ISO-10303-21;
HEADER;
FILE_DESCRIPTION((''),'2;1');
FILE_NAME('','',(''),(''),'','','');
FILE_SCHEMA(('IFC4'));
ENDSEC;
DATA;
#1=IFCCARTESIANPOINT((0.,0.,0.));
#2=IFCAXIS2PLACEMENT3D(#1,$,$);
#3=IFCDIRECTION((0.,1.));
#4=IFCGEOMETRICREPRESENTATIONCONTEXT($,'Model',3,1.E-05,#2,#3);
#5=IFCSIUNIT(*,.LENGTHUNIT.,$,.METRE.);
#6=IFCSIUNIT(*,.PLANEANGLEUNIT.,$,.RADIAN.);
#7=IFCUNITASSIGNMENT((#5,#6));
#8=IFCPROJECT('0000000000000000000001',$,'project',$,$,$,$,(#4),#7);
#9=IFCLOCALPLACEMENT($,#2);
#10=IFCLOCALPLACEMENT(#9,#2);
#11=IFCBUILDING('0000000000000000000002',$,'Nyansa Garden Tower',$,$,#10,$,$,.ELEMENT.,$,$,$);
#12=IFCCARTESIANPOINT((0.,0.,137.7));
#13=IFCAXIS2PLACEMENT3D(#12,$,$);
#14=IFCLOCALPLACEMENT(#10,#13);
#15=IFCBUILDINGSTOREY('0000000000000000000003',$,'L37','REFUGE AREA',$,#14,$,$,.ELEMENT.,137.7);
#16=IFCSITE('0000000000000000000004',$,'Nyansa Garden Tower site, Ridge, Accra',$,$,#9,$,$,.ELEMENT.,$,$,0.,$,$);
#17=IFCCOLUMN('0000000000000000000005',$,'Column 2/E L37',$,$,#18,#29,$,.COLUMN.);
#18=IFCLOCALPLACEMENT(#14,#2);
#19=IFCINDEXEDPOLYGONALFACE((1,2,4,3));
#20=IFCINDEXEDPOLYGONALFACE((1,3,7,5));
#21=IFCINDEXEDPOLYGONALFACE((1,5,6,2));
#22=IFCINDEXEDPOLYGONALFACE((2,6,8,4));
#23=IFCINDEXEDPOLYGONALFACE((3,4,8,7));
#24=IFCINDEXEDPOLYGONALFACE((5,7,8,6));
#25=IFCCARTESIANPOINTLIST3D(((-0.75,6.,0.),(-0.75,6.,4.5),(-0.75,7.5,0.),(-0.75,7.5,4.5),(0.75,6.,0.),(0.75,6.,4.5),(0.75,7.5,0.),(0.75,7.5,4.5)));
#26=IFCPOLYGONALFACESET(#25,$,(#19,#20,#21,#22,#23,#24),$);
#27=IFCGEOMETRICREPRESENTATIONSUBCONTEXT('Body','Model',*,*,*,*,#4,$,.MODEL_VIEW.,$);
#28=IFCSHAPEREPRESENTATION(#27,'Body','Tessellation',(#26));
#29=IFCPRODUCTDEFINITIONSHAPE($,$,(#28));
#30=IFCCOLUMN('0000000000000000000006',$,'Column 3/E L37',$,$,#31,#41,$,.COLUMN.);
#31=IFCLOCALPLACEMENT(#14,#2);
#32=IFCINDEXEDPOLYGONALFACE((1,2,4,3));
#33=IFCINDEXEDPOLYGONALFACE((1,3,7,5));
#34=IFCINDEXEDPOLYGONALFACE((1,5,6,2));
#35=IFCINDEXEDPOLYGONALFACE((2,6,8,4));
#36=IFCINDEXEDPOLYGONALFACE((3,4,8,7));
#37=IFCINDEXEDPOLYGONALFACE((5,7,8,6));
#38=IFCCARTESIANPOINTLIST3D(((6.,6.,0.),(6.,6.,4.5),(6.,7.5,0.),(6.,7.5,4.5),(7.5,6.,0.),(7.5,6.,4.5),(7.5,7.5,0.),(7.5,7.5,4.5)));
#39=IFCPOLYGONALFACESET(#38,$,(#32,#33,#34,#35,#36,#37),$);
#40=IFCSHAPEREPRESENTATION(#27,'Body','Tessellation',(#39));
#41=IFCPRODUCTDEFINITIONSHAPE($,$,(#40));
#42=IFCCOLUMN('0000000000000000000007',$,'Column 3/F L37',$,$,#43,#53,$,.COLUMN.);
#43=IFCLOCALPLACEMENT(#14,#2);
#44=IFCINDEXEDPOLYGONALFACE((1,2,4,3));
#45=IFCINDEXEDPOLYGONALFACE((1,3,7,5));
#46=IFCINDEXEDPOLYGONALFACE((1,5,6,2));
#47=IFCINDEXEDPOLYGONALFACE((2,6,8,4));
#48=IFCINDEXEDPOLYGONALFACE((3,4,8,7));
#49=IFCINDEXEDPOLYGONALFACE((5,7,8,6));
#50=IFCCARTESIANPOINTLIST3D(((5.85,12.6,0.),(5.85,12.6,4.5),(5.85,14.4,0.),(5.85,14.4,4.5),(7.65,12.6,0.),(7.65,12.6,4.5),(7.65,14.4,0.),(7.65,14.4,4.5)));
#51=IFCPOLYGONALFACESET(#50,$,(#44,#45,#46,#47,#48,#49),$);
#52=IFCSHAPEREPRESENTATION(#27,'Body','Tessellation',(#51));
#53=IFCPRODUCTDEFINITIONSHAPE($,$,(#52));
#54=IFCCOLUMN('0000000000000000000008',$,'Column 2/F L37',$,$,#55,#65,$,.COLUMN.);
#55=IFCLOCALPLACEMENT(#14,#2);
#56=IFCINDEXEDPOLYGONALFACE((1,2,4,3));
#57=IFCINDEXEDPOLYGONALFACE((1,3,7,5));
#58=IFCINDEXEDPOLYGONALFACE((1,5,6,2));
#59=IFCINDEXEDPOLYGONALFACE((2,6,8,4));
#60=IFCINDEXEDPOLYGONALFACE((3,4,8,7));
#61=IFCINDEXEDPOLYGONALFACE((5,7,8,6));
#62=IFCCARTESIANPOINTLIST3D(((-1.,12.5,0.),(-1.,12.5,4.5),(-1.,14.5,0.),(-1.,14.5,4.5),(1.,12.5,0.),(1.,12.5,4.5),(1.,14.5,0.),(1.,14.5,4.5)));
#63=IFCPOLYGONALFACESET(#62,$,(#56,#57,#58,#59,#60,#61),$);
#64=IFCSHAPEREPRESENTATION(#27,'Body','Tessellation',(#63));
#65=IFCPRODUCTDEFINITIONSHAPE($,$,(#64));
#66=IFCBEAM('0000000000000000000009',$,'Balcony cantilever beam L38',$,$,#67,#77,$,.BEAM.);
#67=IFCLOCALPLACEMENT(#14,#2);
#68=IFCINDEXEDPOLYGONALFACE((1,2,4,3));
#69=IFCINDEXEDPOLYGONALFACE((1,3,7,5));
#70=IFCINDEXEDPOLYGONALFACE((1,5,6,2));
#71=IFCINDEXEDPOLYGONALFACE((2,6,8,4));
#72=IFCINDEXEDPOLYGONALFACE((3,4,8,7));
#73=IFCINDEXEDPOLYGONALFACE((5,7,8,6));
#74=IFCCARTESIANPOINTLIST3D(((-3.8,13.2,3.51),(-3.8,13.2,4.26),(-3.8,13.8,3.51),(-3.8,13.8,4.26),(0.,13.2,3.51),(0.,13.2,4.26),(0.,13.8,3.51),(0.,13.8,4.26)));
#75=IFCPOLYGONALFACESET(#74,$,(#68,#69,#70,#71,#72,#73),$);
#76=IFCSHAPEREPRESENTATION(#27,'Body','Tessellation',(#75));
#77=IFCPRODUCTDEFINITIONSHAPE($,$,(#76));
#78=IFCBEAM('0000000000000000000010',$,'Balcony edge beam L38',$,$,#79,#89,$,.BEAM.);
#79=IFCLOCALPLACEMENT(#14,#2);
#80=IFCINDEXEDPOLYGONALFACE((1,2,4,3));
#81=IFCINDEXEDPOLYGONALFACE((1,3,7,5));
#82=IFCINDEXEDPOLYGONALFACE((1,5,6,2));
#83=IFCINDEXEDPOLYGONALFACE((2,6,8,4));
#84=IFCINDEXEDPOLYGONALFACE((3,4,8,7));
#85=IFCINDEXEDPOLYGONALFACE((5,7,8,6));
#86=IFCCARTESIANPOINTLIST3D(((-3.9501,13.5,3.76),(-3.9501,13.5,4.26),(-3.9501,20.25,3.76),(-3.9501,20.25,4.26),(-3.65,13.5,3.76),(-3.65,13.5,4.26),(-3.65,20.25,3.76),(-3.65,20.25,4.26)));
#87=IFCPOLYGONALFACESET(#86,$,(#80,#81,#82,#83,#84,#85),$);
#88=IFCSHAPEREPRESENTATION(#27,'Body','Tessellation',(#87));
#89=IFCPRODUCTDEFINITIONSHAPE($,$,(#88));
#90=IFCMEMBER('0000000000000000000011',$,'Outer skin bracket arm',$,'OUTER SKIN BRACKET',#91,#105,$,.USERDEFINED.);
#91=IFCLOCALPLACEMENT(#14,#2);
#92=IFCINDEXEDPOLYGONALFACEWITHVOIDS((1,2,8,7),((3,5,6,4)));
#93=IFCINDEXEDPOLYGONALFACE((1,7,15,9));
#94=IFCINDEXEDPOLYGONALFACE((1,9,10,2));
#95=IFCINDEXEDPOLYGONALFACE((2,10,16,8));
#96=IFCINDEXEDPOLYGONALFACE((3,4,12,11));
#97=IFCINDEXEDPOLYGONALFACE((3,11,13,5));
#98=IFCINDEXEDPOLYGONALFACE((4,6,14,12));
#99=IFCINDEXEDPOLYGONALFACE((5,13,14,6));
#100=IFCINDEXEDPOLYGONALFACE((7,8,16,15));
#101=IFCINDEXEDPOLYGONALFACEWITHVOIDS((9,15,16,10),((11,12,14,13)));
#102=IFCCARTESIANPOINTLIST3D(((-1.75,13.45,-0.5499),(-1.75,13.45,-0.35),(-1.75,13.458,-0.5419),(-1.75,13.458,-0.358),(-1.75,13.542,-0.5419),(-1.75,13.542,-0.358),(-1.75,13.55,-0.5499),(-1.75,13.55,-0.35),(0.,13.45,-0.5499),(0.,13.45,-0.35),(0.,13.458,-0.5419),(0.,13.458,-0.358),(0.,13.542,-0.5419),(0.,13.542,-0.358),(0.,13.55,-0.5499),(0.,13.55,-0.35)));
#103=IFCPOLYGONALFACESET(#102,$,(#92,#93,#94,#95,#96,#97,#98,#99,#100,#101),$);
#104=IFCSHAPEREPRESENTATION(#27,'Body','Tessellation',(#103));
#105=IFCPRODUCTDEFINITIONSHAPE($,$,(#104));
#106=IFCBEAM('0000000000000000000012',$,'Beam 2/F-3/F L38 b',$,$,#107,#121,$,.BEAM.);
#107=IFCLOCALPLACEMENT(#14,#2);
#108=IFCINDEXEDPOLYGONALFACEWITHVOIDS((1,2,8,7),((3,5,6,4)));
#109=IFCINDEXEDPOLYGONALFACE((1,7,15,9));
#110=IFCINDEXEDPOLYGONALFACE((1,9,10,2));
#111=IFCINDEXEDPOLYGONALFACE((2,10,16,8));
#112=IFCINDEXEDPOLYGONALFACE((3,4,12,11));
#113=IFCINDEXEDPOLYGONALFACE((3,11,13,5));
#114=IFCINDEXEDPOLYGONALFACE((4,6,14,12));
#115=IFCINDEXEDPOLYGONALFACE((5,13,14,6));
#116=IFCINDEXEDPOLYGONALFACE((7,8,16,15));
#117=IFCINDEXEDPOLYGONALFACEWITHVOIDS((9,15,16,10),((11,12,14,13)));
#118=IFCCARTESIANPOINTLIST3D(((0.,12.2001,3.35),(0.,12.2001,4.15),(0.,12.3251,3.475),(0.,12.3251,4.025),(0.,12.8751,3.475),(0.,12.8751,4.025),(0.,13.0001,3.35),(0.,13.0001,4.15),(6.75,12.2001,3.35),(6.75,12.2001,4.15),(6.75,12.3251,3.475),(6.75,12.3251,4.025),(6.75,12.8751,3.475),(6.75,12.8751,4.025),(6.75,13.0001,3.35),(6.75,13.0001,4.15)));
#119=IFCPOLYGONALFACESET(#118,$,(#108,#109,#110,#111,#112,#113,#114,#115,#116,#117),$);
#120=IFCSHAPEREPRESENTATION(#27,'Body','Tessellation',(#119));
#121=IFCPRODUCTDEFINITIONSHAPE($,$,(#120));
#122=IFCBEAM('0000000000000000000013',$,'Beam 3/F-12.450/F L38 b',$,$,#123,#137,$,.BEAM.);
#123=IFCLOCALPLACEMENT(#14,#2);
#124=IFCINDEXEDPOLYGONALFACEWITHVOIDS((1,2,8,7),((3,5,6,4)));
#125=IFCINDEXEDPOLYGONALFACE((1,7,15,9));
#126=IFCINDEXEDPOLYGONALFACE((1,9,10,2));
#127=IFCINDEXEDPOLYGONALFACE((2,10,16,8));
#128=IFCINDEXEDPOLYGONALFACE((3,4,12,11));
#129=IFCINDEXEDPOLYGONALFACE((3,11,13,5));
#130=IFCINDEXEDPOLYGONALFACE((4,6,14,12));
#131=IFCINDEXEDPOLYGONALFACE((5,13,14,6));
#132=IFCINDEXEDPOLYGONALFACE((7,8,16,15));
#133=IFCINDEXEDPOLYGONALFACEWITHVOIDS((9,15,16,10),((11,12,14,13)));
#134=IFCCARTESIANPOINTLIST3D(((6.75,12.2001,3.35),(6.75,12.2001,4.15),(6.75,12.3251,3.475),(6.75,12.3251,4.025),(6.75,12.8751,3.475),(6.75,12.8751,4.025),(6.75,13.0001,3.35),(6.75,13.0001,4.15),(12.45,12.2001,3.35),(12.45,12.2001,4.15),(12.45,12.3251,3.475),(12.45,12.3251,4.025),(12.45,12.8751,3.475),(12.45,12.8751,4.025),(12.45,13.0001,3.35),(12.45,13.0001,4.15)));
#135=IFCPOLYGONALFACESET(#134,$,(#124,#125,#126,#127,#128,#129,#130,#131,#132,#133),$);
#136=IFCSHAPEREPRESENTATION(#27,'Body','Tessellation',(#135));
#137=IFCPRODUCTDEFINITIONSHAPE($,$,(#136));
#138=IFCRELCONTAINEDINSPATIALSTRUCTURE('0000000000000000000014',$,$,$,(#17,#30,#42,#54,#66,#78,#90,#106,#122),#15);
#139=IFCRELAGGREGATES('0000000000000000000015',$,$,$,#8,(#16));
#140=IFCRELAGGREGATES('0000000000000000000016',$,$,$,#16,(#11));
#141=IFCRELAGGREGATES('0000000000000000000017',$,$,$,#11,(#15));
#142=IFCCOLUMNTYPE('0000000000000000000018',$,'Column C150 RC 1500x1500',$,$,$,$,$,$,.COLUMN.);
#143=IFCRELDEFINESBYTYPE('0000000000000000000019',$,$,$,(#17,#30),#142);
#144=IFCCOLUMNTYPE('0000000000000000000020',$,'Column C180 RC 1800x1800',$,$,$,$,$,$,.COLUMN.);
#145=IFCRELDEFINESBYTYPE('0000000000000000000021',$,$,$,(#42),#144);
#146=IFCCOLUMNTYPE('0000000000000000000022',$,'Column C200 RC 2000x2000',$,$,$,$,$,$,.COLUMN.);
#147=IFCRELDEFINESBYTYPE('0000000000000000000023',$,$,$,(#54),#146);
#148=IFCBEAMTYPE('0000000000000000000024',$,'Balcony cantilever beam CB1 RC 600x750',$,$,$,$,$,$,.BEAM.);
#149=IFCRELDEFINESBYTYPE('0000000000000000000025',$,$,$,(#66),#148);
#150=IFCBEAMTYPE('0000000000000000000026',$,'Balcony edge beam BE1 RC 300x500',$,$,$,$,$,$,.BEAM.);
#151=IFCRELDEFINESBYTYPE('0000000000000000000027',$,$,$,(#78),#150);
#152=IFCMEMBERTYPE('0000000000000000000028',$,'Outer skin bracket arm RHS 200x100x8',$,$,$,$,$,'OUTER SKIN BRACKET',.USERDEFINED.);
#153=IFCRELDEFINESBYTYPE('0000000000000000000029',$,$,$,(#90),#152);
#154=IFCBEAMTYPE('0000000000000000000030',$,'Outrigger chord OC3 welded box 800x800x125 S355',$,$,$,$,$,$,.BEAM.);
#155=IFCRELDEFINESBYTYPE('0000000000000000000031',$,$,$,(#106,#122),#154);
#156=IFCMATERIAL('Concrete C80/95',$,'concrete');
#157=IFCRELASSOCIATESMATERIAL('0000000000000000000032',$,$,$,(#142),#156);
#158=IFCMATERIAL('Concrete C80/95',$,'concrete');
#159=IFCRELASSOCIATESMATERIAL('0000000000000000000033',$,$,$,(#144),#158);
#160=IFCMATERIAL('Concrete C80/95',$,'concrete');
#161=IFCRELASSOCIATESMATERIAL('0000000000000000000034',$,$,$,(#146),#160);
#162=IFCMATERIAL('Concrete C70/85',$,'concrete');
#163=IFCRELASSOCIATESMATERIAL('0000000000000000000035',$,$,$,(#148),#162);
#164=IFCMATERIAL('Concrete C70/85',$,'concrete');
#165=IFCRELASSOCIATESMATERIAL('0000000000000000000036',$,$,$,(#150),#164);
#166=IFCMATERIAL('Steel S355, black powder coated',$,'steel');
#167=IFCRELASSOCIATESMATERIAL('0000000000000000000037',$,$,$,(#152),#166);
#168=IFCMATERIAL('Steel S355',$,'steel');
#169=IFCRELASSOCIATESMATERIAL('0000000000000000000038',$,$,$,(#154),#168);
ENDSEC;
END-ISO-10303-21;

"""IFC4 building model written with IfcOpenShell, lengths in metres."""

from ifc_helpers import new_model, si_unit, direction, frame, origin, origin_2d, place, context, subcontext, project, spatial, rectangle, hollow_rectangle, extrude, material, material_profile, profile_set, type_object, element, save


model = new_model("IFC4")

# Units and contexts
model_context = context("Model", 3, precision=1e-05, world=origin(), true_north=direction((0.0, 1.0)))
body_context = subcontext(model_context, "Body", "Model", "MODEL_VIEW")
ifc_project = project(units=[si_unit("LENGTHUNIT", "METRE"), si_unit("PLANEANGLEUNIT", "RADIAN")], contexts=[model_context])

# Site, building, storey
site_placement = place(None, origin())
site = spatial("IfcSite", under=ifc_project, at=site_placement, Name="Nyansa Garden Tower site, Ridge, Accra", CompositionType="ELEMENT", RefElevation=0.0)
building_placement = place(site_placement, origin())
building = spatial("IfcBuilding", under=site, at=building_placement, Name="Nyansa Garden Tower", CompositionType="ELEMENT")
storey_placement = place(building_placement, frame((0.0, 0.0, 137.7)))
storey = spatial("IfcBuildingStorey", under=building, at=storey_placement, Name="L37", Description="REFUGE AREA", CompositionType="ELEMENT", Elevation=137.7)

# Columns
ifc_material_1 = material(Name="Concrete C80/95", Category="concrete")
ifc_material_profile_1 = material_profile(ifc_material_1, rectangle(XDim=1.5, YDim=1.5, at=origin_2d()), Name="RC 1500x1500")
ifc_profile_set_1 = profile_set([ifc_material_profile_1], Name="Concrete C80/95")
column_type_1 = type_object("IfcColumnType", Name="Column C150 RC 1500x1500", PredefinedType="COLUMN", material=ifc_profile_set_1)
for number, where, z_axis, x_axis, name in (
    (1, (0.0, 6.75, 0.0), (0.0, 0.0, 1.0), (1.0, 0.0, 0.0), "Column 2/E L37"),
    (2, (6.75, 6.75, 0.0), (0.0, 0.0, 1.0), (1.0, 0.0, 0.0), "Column 3/E L37"),
):
    element("IfcColumn", number, at=place(storey_placement, frame(where, z_axis=z_axis, x_axis=x_axis)), inside=storey, type_object=column_type_1, Name=name, PredefinedType="COLUMN", context=body_context, shape_type="SweptSolid", body=[
        extrude(rectangle(XDim=1.5, YDim=1.5, at=origin_2d()), origin(), (0.0, 0.0, 1.0), 4.5),
    ])
ifc_material_2 = material(Name="Concrete C80/95", Category="concrete")
ifc_material_profile_2 = material_profile(ifc_material_2, rectangle(XDim=1.8, YDim=1.8, at=origin_2d()), Name="RC 1800x1800")
ifc_profile_set_2 = profile_set([ifc_material_profile_2], Name="Concrete C80/95")
column_type_2 = type_object("IfcColumnType", Name="Column C180 RC 1800x1800", PredefinedType="COLUMN", material=ifc_profile_set_2)
column_1_placement = place(storey_placement, frame((6.75, 13.5, 0.0), z_axis=(0.0, 0.0, 1.0), x_axis=(1.0, 0.0, 0.0)))
element("IfcColumn", 3, at=column_1_placement, inside=storey, type_object=column_type_2, Name="Column 3/F L37", PredefinedType="COLUMN", context=body_context, shape_type="SweptSolid", body=[
    extrude(rectangle(XDim=1.8, YDim=1.8, at=origin_2d()), origin(), (0.0, 0.0, 1.0), 4.5),
])
ifc_material_3 = material(Name="Concrete C80/95", Category="concrete")
ifc_material_profile_3 = material_profile(ifc_material_3, rectangle(XDim=2.0, YDim=2.0, at=origin_2d()), Name="RC 2000x2000")
ifc_profile_set_3 = profile_set([ifc_material_profile_3], Name="Concrete C80/95")
column_type_3 = type_object("IfcColumnType", Name="Column C200 RC 2000x2000", PredefinedType="COLUMN", material=ifc_profile_set_3)
column_2_placement = place(storey_placement, frame((0.0, 13.5, 0.0), z_axis=(0.0, 0.0, 1.0), x_axis=(1.0, 0.0, 0.0)))
element("IfcColumn", 4, at=column_2_placement, inside=storey, type_object=column_type_3, Name="Column 2/F L37", PredefinedType="COLUMN", context=body_context, shape_type="SweptSolid", body=[
    extrude(rectangle(XDim=2.0, YDim=2.0, at=origin_2d()), origin(), (0.0, 0.0, 1.0), 4.5),
])

# Beams
ifc_material_4 = material(Name="Concrete C70/85", Category="concrete")
ifc_material_profile_4 = material_profile(ifc_material_4, rectangle(XDim=0.6001, YDim=0.75, at=origin_2d()), Name="RC 600x750")
ifc_profile_set_4 = profile_set([ifc_material_profile_4], Name="Concrete C70/85")
beam_type_1 = type_object("IfcBeamType", Name="Balcony cantilever beam CB1 RC 600x750", PredefinedType="BEAM", material=ifc_profile_set_4)
beam_1_placement = place(storey_placement, frame((0.0, 13.5, 3.885), z_axis=(-1.0, 0.0, 0.0), x_axis=(0.0, -1.0, 0.0)))
element("IfcBeam", 5, at=beam_1_placement, inside=storey, type_object=beam_type_1, Name="Balcony cantilever beam L38", PredefinedType="BEAM", context=body_context, shape_type="SweptSolid", body=[
    extrude(rectangle(XDim=0.6001, YDim=0.75, at=origin_2d()), origin(), (0.0, 0.0, 1.0), 3.8),
])
ifc_material_5 = material(Name="Concrete C70/85", Category="concrete")
ifc_material_profile_5 = material_profile(ifc_material_5, rectangle(XDim=0.3, YDim=0.5, at=origin_2d()), Name="RC 300x500")
ifc_profile_set_5 = profile_set([ifc_material_profile_5], Name="Concrete C70/85")
beam_type_2 = type_object("IfcBeamType", Name="Balcony edge beam BE1 RC 300x500", PredefinedType="BEAM", material=ifc_profile_set_5)
beam_2_placement = place(storey_placement, frame((-3.8, 13.5, 4.01), z_axis=(0.0, 1.0, 0.0), x_axis=(-1.0, 0.0, 0.0)))
element("IfcBeam", 6, at=beam_2_placement, inside=storey, type_object=beam_type_2, Name="Balcony edge beam L38", PredefinedType="BEAM", context=body_context, shape_type="SweptSolid", body=[
    extrude(rectangle(XDim=0.3, YDim=0.5, at=origin_2d()), origin(), (0.0, 0.0, 1.0), 6.75),
])

# Member
ifc_material_6 = material(Name="Steel S355, black powder coated", Category="steel")
ifc_material_profile_6 = material_profile(ifc_material_6, hollow_rectangle(XDim=0.1001, YDim=0.2, WallThickness=0.0081, at=origin_2d()), Name="RHS 200x100x8")
ifc_profile_set_6 = profile_set([ifc_material_profile_6], Name="Steel S355, black powder coated")
member_type_1 = type_object("IfcMemberType", Name="Outer skin bracket arm RHS 200x100x8", ElementType="OUTER SKIN BRACKET", PredefinedType="USERDEFINED", material=ifc_profile_set_6)
member_1_placement = place(storey_placement, frame((0.0, 13.5, -0.45), z_axis=(-1.0, 0.0, 0.0), x_axis=(0.0, -1.0, 0.0)))
element("IfcMember", 7, at=member_1_placement, inside=storey, type_object=member_type_1, Name="Outer skin bracket arm", ObjectType="OUTER SKIN BRACKET", PredefinedType="USERDEFINED", context=body_context, shape_type="SweptSolid", body=[
    extrude(hollow_rectangle(XDim=0.1001, YDim=0.2, WallThickness=0.0081, at=origin_2d()), origin(), (0.0, 0.0, 1.0), 1.75),
])

# Beams
ifc_material_7 = material(Name="Steel S355", Category="steel")
ifc_material_profile_7 = material_profile(ifc_material_7, hollow_rectangle(XDim=0.8, YDim=0.8, WallThickness=0.125, at=origin_2d()), Name="Welded box 800x800x125")
ifc_profile_set_7 = profile_set([ifc_material_profile_7], Name="Steel S355")
beam_type_3 = type_object("IfcBeamType", Name="Outrigger chord OC3 welded box 800x800x125 S355", PredefinedType="BEAM", material=ifc_profile_set_7)
beam_3_placement = place(storey_placement, frame((0.0, 12.6001, 3.75), z_axis=(1.0, 0.0, 0.0), x_axis=(0.0, 1.0, 0.0)))
element("IfcBeam", 8, at=beam_3_placement, inside=storey, type_object=beam_type_3, Name="Beam 2/F-3/F L38 b", PredefinedType="BEAM", context=body_context, shape_type="SweptSolid", body=[
    extrude(hollow_rectangle(XDim=0.8, YDim=0.8, WallThickness=0.125, at=origin_2d()), origin(), (0.0, 0.0, 1.0), 6.75),
])
beam_4_placement = place(storey_placement, frame((6.75, 12.6001, 3.75), z_axis=(1.0, 0.0, 0.0), x_axis=(0.0, 1.0, 0.0)))
element("IfcBeam", 9, at=beam_4_placement, inside=storey, type_object=beam_type_3, Name="Beam 3/F-12.450/F L38 b", PredefinedType="BEAM", context=body_context, shape_type="SweptSolid", body=[
    extrude(hollow_rectangle(XDim=0.8, YDim=0.8, WallThickness=0.125, at=origin_2d()), origin(), (0.0, 0.0, 1.0), 5.7),
])

save(model, "model.ifc")
